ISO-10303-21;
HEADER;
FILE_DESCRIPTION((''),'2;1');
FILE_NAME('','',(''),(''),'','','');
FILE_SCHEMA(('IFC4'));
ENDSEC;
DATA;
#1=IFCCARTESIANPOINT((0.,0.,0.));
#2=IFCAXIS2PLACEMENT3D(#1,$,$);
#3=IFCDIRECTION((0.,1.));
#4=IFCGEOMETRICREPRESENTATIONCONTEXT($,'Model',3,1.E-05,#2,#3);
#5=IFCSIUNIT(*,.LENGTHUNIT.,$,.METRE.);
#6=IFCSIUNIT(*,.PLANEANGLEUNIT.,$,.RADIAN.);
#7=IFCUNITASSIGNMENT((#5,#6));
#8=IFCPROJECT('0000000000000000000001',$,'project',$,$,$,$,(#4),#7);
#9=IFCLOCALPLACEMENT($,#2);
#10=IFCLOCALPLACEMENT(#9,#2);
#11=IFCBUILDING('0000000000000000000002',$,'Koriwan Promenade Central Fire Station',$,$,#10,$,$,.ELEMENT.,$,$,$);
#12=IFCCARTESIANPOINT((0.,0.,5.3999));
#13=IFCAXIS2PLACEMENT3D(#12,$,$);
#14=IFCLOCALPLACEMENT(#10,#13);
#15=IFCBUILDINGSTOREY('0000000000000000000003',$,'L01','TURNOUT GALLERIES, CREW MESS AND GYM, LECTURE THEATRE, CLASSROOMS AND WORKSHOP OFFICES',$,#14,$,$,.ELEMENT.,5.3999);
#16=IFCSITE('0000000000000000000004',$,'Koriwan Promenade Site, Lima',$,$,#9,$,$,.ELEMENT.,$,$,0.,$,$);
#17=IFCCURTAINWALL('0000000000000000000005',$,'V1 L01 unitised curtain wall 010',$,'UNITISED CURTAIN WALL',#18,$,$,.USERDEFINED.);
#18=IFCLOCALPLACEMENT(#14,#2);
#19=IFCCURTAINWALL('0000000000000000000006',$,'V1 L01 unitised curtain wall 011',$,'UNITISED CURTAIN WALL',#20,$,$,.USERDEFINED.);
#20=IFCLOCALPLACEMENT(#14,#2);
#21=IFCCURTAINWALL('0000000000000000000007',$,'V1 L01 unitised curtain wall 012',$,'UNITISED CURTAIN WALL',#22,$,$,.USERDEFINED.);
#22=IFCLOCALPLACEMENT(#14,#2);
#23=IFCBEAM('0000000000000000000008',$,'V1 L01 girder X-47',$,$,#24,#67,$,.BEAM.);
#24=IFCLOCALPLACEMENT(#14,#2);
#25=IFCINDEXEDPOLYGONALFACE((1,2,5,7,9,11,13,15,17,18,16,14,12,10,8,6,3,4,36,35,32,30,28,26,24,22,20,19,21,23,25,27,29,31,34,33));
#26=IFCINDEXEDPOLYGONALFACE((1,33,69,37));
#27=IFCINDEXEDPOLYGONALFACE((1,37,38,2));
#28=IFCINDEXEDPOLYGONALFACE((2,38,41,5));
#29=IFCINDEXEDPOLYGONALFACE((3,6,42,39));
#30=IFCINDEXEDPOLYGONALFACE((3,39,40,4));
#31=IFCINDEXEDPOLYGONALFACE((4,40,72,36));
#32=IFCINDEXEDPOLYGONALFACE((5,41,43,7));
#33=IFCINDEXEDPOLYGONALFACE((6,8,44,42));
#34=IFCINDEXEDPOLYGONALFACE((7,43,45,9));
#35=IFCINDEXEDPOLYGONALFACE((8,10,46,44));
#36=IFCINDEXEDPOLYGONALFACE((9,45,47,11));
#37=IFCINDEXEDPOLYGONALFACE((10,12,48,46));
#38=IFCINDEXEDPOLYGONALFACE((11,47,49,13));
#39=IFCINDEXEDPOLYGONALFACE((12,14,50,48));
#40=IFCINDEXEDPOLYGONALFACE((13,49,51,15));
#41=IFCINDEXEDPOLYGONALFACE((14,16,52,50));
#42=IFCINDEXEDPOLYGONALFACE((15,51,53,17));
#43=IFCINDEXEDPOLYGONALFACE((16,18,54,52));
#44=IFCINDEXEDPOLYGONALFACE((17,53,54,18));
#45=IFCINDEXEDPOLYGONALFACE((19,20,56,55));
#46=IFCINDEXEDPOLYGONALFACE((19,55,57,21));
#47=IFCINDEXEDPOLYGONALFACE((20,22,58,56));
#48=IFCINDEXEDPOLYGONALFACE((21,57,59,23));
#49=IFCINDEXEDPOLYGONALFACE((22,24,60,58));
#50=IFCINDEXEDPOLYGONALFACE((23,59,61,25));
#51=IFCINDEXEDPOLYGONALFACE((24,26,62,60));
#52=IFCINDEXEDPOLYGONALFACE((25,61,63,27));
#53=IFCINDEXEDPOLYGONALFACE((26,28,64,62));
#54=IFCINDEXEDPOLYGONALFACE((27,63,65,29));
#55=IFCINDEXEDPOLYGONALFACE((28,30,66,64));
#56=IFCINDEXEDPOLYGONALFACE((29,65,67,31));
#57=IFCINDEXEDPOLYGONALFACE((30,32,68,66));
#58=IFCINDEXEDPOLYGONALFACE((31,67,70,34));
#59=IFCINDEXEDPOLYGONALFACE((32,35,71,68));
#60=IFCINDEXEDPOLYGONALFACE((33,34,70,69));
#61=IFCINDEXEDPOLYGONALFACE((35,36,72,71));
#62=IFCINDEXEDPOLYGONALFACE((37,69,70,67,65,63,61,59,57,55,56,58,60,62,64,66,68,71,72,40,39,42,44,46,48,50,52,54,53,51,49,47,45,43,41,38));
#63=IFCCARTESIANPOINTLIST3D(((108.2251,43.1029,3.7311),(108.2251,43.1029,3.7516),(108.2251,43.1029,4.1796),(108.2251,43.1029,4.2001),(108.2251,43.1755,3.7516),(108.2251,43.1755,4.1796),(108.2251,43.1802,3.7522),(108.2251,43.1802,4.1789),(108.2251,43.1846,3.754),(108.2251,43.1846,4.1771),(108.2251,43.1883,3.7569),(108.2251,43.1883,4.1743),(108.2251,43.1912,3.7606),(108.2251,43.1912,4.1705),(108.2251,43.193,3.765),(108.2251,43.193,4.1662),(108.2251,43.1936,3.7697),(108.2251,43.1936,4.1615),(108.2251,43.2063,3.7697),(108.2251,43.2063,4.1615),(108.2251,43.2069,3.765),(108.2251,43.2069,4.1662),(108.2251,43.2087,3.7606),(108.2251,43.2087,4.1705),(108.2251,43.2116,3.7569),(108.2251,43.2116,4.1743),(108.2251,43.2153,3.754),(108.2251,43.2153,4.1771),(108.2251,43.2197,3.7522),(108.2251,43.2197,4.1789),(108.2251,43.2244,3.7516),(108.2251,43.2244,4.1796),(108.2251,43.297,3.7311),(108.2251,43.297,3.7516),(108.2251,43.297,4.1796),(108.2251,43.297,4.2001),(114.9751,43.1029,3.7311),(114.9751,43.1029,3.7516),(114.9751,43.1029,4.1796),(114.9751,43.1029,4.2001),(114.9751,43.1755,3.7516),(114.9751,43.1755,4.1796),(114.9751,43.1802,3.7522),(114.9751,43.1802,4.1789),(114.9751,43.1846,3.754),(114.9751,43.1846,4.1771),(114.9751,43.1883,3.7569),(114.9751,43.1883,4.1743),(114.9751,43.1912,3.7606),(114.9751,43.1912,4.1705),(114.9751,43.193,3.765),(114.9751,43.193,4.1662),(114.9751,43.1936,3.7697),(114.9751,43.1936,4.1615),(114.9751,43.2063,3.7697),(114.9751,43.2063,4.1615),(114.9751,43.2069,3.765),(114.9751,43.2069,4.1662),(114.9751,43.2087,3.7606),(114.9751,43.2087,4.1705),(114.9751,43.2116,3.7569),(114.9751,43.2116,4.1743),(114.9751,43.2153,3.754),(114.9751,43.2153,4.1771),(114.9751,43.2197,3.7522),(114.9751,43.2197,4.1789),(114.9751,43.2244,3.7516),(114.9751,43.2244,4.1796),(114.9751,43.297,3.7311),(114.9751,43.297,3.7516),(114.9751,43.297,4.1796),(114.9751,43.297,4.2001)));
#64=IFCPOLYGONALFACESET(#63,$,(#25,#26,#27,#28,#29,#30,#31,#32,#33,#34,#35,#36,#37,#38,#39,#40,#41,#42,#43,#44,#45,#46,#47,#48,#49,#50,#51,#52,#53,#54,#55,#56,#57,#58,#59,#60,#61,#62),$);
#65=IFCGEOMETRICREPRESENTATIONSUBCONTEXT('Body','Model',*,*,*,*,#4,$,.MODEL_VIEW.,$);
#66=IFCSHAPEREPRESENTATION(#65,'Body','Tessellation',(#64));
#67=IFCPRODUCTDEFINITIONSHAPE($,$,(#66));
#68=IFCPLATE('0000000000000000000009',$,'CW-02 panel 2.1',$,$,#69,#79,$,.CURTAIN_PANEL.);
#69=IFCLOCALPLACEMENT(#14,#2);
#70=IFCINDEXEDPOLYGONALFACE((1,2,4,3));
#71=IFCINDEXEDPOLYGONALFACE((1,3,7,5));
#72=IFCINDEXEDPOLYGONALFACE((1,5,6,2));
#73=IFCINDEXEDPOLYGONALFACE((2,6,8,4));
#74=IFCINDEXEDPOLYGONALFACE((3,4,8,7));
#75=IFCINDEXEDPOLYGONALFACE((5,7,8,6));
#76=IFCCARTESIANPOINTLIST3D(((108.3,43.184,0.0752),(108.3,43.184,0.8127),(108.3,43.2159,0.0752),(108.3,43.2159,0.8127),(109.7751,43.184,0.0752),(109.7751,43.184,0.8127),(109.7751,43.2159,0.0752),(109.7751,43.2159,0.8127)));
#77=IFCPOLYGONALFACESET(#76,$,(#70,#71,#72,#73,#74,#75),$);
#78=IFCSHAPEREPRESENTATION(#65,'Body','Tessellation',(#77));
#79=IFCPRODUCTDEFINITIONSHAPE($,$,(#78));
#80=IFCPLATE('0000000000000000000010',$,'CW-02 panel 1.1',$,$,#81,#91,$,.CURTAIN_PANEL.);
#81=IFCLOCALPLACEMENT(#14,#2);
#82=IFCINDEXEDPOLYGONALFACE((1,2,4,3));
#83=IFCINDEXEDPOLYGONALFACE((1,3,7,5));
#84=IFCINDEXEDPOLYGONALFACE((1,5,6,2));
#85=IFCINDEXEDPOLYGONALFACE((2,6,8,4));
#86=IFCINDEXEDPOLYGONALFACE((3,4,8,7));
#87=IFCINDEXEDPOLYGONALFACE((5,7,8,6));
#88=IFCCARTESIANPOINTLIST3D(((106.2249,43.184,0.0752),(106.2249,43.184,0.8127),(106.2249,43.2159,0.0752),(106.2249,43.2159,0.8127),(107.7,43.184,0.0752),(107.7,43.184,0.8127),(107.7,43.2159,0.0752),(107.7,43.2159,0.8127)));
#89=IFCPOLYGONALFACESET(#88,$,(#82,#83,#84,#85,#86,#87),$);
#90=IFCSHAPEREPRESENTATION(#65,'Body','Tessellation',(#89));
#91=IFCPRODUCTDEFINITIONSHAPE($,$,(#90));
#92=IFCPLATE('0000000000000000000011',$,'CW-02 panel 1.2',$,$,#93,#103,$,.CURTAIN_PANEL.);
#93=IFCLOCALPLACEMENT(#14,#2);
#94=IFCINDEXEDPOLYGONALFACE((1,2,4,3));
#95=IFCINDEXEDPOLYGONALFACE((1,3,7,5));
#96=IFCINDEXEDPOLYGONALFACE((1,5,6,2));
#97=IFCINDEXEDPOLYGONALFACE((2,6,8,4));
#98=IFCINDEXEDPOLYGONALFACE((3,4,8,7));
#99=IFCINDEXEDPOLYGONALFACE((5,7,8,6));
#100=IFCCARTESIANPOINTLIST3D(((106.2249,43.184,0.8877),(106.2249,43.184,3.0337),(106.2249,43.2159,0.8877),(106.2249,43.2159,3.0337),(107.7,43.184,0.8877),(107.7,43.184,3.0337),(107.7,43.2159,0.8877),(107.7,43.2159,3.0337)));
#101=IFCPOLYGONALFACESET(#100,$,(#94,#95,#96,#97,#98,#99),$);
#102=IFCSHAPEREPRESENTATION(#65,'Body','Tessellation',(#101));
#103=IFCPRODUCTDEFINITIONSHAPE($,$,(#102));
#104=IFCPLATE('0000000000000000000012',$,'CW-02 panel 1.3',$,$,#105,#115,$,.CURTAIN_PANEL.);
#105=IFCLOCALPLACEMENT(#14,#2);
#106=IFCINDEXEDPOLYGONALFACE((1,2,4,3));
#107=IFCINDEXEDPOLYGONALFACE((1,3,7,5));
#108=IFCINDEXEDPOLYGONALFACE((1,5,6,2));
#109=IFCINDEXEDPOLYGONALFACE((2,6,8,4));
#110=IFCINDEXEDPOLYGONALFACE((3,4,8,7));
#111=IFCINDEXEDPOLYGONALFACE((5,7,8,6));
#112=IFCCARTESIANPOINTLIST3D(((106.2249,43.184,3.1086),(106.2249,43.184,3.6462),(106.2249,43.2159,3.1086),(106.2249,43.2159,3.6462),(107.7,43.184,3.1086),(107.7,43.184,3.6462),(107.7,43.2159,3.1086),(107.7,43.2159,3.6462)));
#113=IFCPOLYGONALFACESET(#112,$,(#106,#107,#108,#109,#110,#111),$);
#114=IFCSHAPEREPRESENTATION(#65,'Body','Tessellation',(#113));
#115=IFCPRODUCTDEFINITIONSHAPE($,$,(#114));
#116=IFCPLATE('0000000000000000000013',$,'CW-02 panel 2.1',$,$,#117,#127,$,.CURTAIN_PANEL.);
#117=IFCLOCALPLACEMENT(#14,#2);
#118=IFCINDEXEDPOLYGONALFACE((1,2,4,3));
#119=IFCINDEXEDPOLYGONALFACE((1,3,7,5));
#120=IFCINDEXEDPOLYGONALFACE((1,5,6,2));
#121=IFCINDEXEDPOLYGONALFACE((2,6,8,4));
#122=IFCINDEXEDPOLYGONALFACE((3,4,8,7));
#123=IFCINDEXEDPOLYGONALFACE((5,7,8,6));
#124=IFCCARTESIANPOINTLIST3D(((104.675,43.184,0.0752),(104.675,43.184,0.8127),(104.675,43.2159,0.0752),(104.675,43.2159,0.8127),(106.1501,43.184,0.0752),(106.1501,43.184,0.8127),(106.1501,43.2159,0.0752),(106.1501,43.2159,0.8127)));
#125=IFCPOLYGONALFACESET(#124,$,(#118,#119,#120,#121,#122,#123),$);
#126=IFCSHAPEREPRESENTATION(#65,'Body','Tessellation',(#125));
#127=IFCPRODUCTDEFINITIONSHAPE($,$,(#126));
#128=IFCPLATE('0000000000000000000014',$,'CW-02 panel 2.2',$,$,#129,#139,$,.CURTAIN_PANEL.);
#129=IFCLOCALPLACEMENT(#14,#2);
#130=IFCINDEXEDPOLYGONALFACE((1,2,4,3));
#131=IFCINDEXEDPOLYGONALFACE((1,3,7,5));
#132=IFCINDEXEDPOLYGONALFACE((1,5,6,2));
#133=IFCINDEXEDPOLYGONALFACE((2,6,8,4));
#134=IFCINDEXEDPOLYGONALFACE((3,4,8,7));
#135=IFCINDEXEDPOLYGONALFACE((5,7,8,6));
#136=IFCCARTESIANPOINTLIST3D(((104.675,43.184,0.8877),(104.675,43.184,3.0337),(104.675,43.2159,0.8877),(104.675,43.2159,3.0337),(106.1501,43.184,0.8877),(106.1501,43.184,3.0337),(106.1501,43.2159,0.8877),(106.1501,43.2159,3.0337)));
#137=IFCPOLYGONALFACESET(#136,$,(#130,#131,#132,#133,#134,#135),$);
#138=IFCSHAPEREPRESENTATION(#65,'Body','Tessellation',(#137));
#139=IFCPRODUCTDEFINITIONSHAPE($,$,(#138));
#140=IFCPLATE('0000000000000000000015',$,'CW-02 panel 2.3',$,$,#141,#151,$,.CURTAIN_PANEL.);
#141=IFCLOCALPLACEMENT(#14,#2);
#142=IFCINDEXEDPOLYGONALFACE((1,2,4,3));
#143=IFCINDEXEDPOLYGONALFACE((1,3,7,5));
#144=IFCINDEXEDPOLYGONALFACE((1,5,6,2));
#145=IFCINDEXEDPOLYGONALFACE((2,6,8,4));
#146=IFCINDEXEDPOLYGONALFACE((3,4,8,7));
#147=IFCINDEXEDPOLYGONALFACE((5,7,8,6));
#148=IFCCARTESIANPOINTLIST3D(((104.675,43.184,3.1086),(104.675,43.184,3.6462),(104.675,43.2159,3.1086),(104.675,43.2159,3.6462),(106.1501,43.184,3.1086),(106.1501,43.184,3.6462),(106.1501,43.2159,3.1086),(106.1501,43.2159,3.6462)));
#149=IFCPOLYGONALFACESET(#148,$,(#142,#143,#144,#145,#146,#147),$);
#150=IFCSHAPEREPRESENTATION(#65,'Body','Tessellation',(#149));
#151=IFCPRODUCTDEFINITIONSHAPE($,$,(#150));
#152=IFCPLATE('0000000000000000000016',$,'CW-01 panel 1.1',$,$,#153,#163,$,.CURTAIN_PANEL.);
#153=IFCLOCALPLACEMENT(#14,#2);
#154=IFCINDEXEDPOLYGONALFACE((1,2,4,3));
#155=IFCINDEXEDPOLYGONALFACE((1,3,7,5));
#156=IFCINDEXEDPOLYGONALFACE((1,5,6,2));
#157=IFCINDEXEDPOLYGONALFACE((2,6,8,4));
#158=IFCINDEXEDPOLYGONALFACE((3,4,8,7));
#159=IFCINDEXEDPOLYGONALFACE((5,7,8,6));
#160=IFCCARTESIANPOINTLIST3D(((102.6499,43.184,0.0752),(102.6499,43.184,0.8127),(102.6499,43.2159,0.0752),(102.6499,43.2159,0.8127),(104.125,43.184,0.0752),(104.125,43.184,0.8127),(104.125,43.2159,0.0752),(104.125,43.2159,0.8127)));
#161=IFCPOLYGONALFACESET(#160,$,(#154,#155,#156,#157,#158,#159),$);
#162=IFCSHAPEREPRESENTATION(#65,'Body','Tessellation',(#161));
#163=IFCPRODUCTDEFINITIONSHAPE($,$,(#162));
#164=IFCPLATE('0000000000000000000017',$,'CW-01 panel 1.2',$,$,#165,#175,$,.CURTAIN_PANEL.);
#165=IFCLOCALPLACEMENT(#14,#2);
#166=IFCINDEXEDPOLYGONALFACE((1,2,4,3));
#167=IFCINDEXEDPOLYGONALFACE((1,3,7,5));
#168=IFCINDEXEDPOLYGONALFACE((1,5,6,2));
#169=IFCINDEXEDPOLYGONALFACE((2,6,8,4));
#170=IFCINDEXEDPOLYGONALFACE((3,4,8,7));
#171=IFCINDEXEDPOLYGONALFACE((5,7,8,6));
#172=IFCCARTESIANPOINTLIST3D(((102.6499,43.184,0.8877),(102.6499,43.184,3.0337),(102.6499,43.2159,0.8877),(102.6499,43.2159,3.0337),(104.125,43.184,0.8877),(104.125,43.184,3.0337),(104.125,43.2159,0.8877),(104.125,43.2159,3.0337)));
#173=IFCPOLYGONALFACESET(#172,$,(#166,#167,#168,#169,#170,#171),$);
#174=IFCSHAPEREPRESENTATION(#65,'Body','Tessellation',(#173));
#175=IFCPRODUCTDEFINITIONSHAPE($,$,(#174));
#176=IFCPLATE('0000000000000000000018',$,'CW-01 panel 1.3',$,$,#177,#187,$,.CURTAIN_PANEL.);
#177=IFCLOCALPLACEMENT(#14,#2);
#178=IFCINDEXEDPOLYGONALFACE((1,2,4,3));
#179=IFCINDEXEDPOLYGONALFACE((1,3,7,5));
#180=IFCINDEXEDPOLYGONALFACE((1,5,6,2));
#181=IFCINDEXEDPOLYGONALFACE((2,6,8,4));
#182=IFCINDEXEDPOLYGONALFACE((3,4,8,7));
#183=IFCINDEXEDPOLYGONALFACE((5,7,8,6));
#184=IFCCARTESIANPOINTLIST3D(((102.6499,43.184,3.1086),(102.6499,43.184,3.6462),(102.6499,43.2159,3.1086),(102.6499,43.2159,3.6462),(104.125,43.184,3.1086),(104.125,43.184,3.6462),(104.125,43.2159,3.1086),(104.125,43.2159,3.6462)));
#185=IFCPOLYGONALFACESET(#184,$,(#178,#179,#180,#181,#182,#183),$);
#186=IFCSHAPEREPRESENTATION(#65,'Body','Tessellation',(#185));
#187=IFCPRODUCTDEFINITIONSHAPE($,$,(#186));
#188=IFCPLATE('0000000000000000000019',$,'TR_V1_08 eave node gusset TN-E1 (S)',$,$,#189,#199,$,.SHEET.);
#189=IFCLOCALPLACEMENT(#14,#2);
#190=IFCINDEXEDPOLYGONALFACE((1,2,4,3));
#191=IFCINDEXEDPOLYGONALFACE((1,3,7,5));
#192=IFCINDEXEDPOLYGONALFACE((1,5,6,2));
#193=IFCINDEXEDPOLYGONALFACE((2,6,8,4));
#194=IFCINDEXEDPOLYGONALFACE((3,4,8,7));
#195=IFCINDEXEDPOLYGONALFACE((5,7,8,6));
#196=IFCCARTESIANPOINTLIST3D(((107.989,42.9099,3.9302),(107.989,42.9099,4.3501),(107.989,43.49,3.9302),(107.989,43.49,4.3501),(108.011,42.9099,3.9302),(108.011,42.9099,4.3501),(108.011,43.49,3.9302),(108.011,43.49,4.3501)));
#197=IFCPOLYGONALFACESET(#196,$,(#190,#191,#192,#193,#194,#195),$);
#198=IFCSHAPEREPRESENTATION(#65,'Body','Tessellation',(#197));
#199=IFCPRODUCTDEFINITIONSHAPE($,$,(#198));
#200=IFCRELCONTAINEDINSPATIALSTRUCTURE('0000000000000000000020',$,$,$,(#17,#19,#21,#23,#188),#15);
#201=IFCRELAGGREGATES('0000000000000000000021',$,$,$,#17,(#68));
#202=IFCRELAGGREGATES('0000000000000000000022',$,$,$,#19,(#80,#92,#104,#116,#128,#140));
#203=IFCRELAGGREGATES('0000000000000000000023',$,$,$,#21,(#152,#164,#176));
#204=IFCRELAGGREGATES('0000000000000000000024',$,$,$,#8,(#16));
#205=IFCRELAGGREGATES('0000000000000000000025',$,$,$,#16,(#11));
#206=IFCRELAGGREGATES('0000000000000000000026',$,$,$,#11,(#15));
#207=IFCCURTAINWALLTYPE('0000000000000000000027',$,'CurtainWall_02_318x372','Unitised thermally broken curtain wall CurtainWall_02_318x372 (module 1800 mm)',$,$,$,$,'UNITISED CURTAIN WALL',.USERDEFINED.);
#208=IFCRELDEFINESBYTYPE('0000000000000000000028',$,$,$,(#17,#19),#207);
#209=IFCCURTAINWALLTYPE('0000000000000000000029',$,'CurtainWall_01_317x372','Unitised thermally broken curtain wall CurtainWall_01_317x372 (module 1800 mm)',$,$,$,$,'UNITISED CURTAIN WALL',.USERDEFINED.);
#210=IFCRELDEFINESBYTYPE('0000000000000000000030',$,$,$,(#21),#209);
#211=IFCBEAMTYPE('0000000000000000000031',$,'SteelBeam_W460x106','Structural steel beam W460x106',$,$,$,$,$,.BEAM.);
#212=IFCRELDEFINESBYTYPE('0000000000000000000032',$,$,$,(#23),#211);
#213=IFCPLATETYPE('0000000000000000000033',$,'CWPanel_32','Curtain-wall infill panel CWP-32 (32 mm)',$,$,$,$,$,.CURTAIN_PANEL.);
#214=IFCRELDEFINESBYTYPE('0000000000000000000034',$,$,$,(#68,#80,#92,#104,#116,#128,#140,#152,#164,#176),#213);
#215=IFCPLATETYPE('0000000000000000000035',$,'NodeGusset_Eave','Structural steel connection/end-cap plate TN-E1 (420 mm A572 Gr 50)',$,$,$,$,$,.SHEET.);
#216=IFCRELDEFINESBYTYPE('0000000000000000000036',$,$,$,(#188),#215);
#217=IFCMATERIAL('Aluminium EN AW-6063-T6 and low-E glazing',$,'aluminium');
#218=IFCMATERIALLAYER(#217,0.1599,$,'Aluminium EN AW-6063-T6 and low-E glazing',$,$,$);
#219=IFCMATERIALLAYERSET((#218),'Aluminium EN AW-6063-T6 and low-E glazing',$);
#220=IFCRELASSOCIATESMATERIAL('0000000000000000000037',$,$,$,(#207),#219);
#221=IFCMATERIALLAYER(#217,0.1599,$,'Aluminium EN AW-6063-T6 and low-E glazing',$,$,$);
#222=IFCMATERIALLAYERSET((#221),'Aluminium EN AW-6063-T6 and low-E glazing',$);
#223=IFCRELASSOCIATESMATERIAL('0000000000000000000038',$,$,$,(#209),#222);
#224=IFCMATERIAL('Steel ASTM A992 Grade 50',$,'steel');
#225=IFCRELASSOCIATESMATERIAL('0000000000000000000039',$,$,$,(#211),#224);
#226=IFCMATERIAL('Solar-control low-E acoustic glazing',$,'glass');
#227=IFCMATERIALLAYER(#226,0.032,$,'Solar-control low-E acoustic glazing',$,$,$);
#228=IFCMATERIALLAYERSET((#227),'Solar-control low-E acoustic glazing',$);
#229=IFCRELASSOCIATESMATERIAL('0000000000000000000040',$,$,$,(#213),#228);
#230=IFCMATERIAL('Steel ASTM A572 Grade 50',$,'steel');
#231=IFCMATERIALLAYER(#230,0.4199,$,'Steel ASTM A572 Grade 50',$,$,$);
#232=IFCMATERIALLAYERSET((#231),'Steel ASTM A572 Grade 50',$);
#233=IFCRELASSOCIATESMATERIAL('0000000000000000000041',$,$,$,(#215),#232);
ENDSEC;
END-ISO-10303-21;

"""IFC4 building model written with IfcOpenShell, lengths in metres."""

from ifc_helpers import new_model, si_unit, direction, frame, origin, origin_2d, place, context, subcontext, project, spatial, rectangle, i_section, extrude, material, layer, layer_set, material_profile, profile_set, type_object, element, aggregate, save


model = new_model("IFC4")

# Units and contexts
model_context = context("Model", 3, precision=1e-05, world=origin(), true_north=direction((0.0, 1.0)))
body_context = subcontext(model_context, "Body", "Model", "MODEL_VIEW")
ifc_project = project(units=[si_unit("LENGTHUNIT", "METRE"), si_unit("PLANEANGLEUNIT", "RADIAN")], contexts=[model_context])

# Site, building, storey
site_placement = place(None, origin())
site = spatial("IfcSite", under=ifc_project, at=site_placement, Name="Koriwan Promenade Site, Lima", CompositionType="ELEMENT", RefElevation=0.0)
building_placement = place(site_placement, origin())
building = spatial("IfcBuilding", under=site, at=building_placement, Name="Koriwan Promenade Central Fire Station", CompositionType="ELEMENT")
storey_placement = place(building_placement, frame((0.0, 0.0, 5.3999)))
storey = spatial("IfcBuildingStorey", under=building, at=storey_placement, Name="L01", Description="TURNOUT GALLERIES, CREW MESS AND GYM, LECTURE THEATRE, CLASSROOMS AND WORKSHOP OFFICES", CompositionType="ELEMENT", Elevation=5.3999)

# Curtain wall
ifc_material_1 = material(Name="Aluminium EN AW-6063-T6 and low-E glazing", Category="aluminium")
ifc_layer_1 = layer(ifc_material_1, 0.1599, Name="Aluminium EN AW-6063-T6 and low-E glazing")
ifc_layer_set_1 = layer_set([ifc_layer_1], Name="Aluminium EN AW-6063-T6 and low-E glazing")
curtain_wall_type_1 = type_object("IfcCurtainWallType", Name="CurtainWall_02_318x372", Description="Unitised thermally broken curtain wall CurtainWall_02_318x372 (module 1800 mm)", ElementType="UNITISED CURTAIN WALL", PredefinedType="USERDEFINED", material=ifc_layer_set_1)
curtain_wall_1_placement = place(storey_placement, origin())
curtain_wall_1 = element("IfcCurtainWall", 1, at=curtain_wall_1_placement, inside=storey, type_object=curtain_wall_type_1, Name="V1 L01 unitised curtain wall 010", ObjectType="UNITISED CURTAIN WALL", PredefinedType="USERDEFINED")

# Curtain wall
curtain_wall_2_placement = place(storey_placement, origin())
curtain_wall_2 = element("IfcCurtainWall", 2, at=curtain_wall_2_placement, inside=storey, type_object=curtain_wall_type_1, Name="V1 L01 unitised curtain wall 011", ObjectType="UNITISED CURTAIN WALL", PredefinedType="USERDEFINED")

# Curtain wall
ifc_layer_2 = layer(ifc_material_1, 0.1599, Name="Aluminium EN AW-6063-T6 and low-E glazing")
ifc_layer_set_2 = layer_set([ifc_layer_2], Name="Aluminium EN AW-6063-T6 and low-E glazing")
curtain_wall_type_2 = type_object("IfcCurtainWallType", Name="CurtainWall_01_317x372", Description="Unitised thermally broken curtain wall CurtainWall_01_317x372 (module 1800 mm)", ElementType="UNITISED CURTAIN WALL", PredefinedType="USERDEFINED", material=ifc_layer_set_2)
curtain_wall_3_placement = place(storey_placement, origin())
curtain_wall_3 = element("IfcCurtainWall", 3, at=curtain_wall_3_placement, inside=storey, type_object=curtain_wall_type_2, Name="V1 L01 unitised curtain wall 012", ObjectType="UNITISED CURTAIN WALL", PredefinedType="USERDEFINED")

# Shared definitions
ifc_material_2 = material(Name="Steel ASTM A992 Grade 50", Category="steel")

# Beam
ifc_material_profile_1 = material_profile(ifc_material_2, i_section(OverallWidth=0.1941, OverallDepth=0.469, WebThickness=0.0127, FlangeThickness=0.0205, FilletRadius=0.0181, at=origin_2d()), Name="W460x106")
ifc_profile_set_1 = profile_set([ifc_material_profile_1], Name="Steel ASTM A992 Grade 50")
beam_type = type_object("IfcBeamType", Name="SteelBeam_W460x106", Description="Structural steel beam W460x106", PredefinedType="BEAM", material=ifc_profile_set_1)
beam_placement = place(storey_placement, frame((108.2251, 43.2, 3.9656), z_axis=(1.0, 0.0, 0.0), x_axis=(0.0, 1.0, 0.0)))
element("IfcBeam", 4, at=beam_placement, inside=storey, type_object=beam_type, Name="V1 L01 girder X-47", PredefinedType="BEAM", context=body_context, shape_type="SweptSolid", body=[
    extrude(i_section(OverallWidth=0.1941, OverallDepth=0.469, WebThickness=0.0127, FlangeThickness=0.0205, FilletRadius=0.0181, at=origin_2d()), origin(), (0.0, 0.0, 1.0), 6.75),
])

# Plates
ifc_material_3 = material(Name="Solar-control low-E acoustic glazing", Category="glass")
ifc_layer_3 = layer(ifc_material_3, 0.032, Name="Solar-control low-E acoustic glazing")
ifc_layer_set_3 = layer_set([ifc_layer_3], Name="Solar-control low-E acoustic glazing")
plate_type_1 = type_object("IfcPlateType", Name="CWPanel_32", Description="Curtain-wall infill panel CWP-32 (32 mm)", PredefinedType="CURTAIN_PANEL", material=ifc_layer_set_3)
plate_1_placement = place(storey_placement, frame((109.0376, 43.2, 0.0752), z_axis=(0.0, 0.0, 1.0), x_axis=(-1.0, 0.0, 0.0)))
plate_1 = element("IfcPlate", 5, at=plate_1_placement, type_object=plate_type_1, Name="CW-02 panel 2.1", PredefinedType="CURTAIN_PANEL", context=body_context, shape_type="SweptSolid", body=[
    extrude(rectangle(XDim=1.4751, YDim=0.032, at=origin_2d()), origin(), (0.0, 0.0, 1.0), 0.7375),
])
aggregate(curtain_wall_1, [plate_1])
plate_2_placement = place(storey_placement, frame((106.9624, 43.2, 0.0752), z_axis=(0.0, 0.0, 1.0), x_axis=(-1.0, 0.0, 0.0)))
plate_2 = element("IfcPlate", 6, at=plate_2_placement, type_object=plate_type_1, Name="CW-02 panel 1.1", PredefinedType="CURTAIN_PANEL", context=body_context, shape_type="SweptSolid", body=[
    extrude(rectangle(XDim=1.4751, YDim=0.032, at=origin_2d()), origin(), (0.0, 0.0, 1.0), 0.7375),
])
plate_3_placement = place(storey_placement, frame((106.9624, 43.2, 0.8877), z_axis=(0.0, 0.0, 1.0), x_axis=(-1.0, 0.0, 0.0)))
plate_3 = element("IfcPlate", 7, at=plate_3_placement, type_object=plate_type_1, Name="CW-02 panel 1.2", PredefinedType="CURTAIN_PANEL", context=body_context, shape_type="SweptSolid", body=[
    extrude(rectangle(XDim=1.4751, YDim=0.032, at=origin_2d()), origin(), (0.0, 0.0, 1.0), 2.146),
])
plate_4_placement = place(storey_placement, frame((106.9624, 43.2, 3.1086), z_axis=(0.0, 0.0, 1.0), x_axis=(-1.0, 0.0, 0.0)))
plate_4 = element("IfcPlate", 8, at=plate_4_placement, type_object=plate_type_1, Name="CW-02 panel 1.3", PredefinedType="CURTAIN_PANEL", context=body_context, shape_type="SweptSolid", body=[
    extrude(rectangle(XDim=1.4751, YDim=0.032, at=origin_2d()), origin(), (0.0, 0.0, 1.0), 0.5376),
])
plate_5_placement = place(storey_placement, frame((105.4126, 43.2, 0.0752), z_axis=(0.0, 0.0, 1.0), x_axis=(-1.0, 0.0, 0.0)))
plate_5 = element("IfcPlate", 9, at=plate_5_placement, type_object=plate_type_1, Name="CW-02 panel 2.1", PredefinedType="CURTAIN_PANEL", context=body_context, shape_type="SweptSolid", body=[
    extrude(rectangle(XDim=1.4751, YDim=0.032, at=origin_2d()), origin(), (0.0, 0.0, 1.0), 0.7375),
])
plate_6_placement = place(storey_placement, frame((105.4126, 43.2, 0.8877), z_axis=(0.0, 0.0, 1.0), x_axis=(-1.0, 0.0, 0.0)))
plate_6 = element("IfcPlate", 10, at=plate_6_placement, type_object=plate_type_1, Name="CW-02 panel 2.2", PredefinedType="CURTAIN_PANEL", context=body_context, shape_type="SweptSolid", body=[
    extrude(rectangle(XDim=1.4751, YDim=0.032, at=origin_2d()), origin(), (0.0, 0.0, 1.0), 2.146),
])
plate_7_placement = place(storey_placement, frame((105.4126, 43.2, 3.1086), z_axis=(0.0, 0.0, 1.0), x_axis=(-1.0, 0.0, 0.0)))
plate_7 = element("IfcPlate", 11, at=plate_7_placement, type_object=plate_type_1, Name="CW-02 panel 2.3", PredefinedType="CURTAIN_PANEL", context=body_context, shape_type="SweptSolid", body=[
    extrude(rectangle(XDim=1.4751, YDim=0.032, at=origin_2d()), origin(), (0.0, 0.0, 1.0), 0.5376),
])
aggregate(curtain_wall_2, [plate_2, plate_3, plate_4, plate_5, plate_6, plate_7])
plate_8_placement = place(storey_placement, frame((103.3875, 43.2, 0.0752), z_axis=(0.0, 0.0, 1.0), x_axis=(-1.0, 0.0, 0.0)))
plate_8 = element("IfcPlate", 12, at=plate_8_placement, type_object=plate_type_1, Name="CW-01 panel 1.1", PredefinedType="CURTAIN_PANEL", context=body_context, shape_type="SweptSolid", body=[
    extrude(rectangle(XDim=1.4751, YDim=0.032, at=origin_2d()), origin(), (0.0, 0.0, 1.0), 0.7375),
])
plate_9_placement = place(storey_placement, frame((103.3875, 43.2, 0.8877), z_axis=(0.0, 0.0, 1.0), x_axis=(-1.0, 0.0, 0.0)))
plate_9 = element("IfcPlate", 13, at=plate_9_placement, type_object=plate_type_1, Name="CW-01 panel 1.2", PredefinedType="CURTAIN_PANEL", context=body_context, shape_type="SweptSolid", body=[
    extrude(rectangle(XDim=1.4751, YDim=0.032, at=origin_2d()), origin(), (0.0, 0.0, 1.0), 2.146),
])
plate_10_placement = place(storey_placement, frame((103.3875, 43.2, 3.1086), z_axis=(0.0, 0.0, 1.0), x_axis=(-1.0, 0.0, 0.0)))
plate_10 = element("IfcPlate", 14, at=plate_10_placement, type_object=plate_type_1, Name="CW-01 panel 1.3", PredefinedType="CURTAIN_PANEL", context=body_context, shape_type="SweptSolid", body=[
    extrude(rectangle(XDim=1.4751, YDim=0.032, at=origin_2d()), origin(), (0.0, 0.0, 1.0), 0.5376),
])
aggregate(curtain_wall_3, [plate_8, plate_9, plate_10])
ifc_material_4 = material(Name="Steel ASTM A572 Grade 50", Category="steel")
ifc_layer_4 = layer(ifc_material_4, 0.4199, Name="Steel ASTM A572 Grade 50")
ifc_layer_set_4 = layer_set([ifc_layer_4], Name="Steel ASTM A572 Grade 50")
plate_type_2 = type_object("IfcPlateType", Name="NodeGusset_Eave", Description="Structural steel connection/end-cap plate TN-E1 (420 mm A572 Gr 50)", PredefinedType="SHEET", material=ifc_layer_set_4)
plate_11_placement = place(storey_placement, frame((108.0, 43.2, 3.9302), z_axis=(0.0, 0.0, 1.0), x_axis=(1.0, 0.0, 0.0)))
element("IfcPlate", 15, at=plate_11_placement, inside=storey, type_object=plate_type_2, Name="TR_V1_08 eave node gusset TN-E1 (S)", PredefinedType="SHEET", context=body_context, shape_type="SweptSolid", body=[
    extrude(rectangle(XDim=0.022, YDim=0.5801, at=origin_2d()), origin(), (0.0, 0.0, 1.0), 0.4199),
])

save(model, "model.ifc")
